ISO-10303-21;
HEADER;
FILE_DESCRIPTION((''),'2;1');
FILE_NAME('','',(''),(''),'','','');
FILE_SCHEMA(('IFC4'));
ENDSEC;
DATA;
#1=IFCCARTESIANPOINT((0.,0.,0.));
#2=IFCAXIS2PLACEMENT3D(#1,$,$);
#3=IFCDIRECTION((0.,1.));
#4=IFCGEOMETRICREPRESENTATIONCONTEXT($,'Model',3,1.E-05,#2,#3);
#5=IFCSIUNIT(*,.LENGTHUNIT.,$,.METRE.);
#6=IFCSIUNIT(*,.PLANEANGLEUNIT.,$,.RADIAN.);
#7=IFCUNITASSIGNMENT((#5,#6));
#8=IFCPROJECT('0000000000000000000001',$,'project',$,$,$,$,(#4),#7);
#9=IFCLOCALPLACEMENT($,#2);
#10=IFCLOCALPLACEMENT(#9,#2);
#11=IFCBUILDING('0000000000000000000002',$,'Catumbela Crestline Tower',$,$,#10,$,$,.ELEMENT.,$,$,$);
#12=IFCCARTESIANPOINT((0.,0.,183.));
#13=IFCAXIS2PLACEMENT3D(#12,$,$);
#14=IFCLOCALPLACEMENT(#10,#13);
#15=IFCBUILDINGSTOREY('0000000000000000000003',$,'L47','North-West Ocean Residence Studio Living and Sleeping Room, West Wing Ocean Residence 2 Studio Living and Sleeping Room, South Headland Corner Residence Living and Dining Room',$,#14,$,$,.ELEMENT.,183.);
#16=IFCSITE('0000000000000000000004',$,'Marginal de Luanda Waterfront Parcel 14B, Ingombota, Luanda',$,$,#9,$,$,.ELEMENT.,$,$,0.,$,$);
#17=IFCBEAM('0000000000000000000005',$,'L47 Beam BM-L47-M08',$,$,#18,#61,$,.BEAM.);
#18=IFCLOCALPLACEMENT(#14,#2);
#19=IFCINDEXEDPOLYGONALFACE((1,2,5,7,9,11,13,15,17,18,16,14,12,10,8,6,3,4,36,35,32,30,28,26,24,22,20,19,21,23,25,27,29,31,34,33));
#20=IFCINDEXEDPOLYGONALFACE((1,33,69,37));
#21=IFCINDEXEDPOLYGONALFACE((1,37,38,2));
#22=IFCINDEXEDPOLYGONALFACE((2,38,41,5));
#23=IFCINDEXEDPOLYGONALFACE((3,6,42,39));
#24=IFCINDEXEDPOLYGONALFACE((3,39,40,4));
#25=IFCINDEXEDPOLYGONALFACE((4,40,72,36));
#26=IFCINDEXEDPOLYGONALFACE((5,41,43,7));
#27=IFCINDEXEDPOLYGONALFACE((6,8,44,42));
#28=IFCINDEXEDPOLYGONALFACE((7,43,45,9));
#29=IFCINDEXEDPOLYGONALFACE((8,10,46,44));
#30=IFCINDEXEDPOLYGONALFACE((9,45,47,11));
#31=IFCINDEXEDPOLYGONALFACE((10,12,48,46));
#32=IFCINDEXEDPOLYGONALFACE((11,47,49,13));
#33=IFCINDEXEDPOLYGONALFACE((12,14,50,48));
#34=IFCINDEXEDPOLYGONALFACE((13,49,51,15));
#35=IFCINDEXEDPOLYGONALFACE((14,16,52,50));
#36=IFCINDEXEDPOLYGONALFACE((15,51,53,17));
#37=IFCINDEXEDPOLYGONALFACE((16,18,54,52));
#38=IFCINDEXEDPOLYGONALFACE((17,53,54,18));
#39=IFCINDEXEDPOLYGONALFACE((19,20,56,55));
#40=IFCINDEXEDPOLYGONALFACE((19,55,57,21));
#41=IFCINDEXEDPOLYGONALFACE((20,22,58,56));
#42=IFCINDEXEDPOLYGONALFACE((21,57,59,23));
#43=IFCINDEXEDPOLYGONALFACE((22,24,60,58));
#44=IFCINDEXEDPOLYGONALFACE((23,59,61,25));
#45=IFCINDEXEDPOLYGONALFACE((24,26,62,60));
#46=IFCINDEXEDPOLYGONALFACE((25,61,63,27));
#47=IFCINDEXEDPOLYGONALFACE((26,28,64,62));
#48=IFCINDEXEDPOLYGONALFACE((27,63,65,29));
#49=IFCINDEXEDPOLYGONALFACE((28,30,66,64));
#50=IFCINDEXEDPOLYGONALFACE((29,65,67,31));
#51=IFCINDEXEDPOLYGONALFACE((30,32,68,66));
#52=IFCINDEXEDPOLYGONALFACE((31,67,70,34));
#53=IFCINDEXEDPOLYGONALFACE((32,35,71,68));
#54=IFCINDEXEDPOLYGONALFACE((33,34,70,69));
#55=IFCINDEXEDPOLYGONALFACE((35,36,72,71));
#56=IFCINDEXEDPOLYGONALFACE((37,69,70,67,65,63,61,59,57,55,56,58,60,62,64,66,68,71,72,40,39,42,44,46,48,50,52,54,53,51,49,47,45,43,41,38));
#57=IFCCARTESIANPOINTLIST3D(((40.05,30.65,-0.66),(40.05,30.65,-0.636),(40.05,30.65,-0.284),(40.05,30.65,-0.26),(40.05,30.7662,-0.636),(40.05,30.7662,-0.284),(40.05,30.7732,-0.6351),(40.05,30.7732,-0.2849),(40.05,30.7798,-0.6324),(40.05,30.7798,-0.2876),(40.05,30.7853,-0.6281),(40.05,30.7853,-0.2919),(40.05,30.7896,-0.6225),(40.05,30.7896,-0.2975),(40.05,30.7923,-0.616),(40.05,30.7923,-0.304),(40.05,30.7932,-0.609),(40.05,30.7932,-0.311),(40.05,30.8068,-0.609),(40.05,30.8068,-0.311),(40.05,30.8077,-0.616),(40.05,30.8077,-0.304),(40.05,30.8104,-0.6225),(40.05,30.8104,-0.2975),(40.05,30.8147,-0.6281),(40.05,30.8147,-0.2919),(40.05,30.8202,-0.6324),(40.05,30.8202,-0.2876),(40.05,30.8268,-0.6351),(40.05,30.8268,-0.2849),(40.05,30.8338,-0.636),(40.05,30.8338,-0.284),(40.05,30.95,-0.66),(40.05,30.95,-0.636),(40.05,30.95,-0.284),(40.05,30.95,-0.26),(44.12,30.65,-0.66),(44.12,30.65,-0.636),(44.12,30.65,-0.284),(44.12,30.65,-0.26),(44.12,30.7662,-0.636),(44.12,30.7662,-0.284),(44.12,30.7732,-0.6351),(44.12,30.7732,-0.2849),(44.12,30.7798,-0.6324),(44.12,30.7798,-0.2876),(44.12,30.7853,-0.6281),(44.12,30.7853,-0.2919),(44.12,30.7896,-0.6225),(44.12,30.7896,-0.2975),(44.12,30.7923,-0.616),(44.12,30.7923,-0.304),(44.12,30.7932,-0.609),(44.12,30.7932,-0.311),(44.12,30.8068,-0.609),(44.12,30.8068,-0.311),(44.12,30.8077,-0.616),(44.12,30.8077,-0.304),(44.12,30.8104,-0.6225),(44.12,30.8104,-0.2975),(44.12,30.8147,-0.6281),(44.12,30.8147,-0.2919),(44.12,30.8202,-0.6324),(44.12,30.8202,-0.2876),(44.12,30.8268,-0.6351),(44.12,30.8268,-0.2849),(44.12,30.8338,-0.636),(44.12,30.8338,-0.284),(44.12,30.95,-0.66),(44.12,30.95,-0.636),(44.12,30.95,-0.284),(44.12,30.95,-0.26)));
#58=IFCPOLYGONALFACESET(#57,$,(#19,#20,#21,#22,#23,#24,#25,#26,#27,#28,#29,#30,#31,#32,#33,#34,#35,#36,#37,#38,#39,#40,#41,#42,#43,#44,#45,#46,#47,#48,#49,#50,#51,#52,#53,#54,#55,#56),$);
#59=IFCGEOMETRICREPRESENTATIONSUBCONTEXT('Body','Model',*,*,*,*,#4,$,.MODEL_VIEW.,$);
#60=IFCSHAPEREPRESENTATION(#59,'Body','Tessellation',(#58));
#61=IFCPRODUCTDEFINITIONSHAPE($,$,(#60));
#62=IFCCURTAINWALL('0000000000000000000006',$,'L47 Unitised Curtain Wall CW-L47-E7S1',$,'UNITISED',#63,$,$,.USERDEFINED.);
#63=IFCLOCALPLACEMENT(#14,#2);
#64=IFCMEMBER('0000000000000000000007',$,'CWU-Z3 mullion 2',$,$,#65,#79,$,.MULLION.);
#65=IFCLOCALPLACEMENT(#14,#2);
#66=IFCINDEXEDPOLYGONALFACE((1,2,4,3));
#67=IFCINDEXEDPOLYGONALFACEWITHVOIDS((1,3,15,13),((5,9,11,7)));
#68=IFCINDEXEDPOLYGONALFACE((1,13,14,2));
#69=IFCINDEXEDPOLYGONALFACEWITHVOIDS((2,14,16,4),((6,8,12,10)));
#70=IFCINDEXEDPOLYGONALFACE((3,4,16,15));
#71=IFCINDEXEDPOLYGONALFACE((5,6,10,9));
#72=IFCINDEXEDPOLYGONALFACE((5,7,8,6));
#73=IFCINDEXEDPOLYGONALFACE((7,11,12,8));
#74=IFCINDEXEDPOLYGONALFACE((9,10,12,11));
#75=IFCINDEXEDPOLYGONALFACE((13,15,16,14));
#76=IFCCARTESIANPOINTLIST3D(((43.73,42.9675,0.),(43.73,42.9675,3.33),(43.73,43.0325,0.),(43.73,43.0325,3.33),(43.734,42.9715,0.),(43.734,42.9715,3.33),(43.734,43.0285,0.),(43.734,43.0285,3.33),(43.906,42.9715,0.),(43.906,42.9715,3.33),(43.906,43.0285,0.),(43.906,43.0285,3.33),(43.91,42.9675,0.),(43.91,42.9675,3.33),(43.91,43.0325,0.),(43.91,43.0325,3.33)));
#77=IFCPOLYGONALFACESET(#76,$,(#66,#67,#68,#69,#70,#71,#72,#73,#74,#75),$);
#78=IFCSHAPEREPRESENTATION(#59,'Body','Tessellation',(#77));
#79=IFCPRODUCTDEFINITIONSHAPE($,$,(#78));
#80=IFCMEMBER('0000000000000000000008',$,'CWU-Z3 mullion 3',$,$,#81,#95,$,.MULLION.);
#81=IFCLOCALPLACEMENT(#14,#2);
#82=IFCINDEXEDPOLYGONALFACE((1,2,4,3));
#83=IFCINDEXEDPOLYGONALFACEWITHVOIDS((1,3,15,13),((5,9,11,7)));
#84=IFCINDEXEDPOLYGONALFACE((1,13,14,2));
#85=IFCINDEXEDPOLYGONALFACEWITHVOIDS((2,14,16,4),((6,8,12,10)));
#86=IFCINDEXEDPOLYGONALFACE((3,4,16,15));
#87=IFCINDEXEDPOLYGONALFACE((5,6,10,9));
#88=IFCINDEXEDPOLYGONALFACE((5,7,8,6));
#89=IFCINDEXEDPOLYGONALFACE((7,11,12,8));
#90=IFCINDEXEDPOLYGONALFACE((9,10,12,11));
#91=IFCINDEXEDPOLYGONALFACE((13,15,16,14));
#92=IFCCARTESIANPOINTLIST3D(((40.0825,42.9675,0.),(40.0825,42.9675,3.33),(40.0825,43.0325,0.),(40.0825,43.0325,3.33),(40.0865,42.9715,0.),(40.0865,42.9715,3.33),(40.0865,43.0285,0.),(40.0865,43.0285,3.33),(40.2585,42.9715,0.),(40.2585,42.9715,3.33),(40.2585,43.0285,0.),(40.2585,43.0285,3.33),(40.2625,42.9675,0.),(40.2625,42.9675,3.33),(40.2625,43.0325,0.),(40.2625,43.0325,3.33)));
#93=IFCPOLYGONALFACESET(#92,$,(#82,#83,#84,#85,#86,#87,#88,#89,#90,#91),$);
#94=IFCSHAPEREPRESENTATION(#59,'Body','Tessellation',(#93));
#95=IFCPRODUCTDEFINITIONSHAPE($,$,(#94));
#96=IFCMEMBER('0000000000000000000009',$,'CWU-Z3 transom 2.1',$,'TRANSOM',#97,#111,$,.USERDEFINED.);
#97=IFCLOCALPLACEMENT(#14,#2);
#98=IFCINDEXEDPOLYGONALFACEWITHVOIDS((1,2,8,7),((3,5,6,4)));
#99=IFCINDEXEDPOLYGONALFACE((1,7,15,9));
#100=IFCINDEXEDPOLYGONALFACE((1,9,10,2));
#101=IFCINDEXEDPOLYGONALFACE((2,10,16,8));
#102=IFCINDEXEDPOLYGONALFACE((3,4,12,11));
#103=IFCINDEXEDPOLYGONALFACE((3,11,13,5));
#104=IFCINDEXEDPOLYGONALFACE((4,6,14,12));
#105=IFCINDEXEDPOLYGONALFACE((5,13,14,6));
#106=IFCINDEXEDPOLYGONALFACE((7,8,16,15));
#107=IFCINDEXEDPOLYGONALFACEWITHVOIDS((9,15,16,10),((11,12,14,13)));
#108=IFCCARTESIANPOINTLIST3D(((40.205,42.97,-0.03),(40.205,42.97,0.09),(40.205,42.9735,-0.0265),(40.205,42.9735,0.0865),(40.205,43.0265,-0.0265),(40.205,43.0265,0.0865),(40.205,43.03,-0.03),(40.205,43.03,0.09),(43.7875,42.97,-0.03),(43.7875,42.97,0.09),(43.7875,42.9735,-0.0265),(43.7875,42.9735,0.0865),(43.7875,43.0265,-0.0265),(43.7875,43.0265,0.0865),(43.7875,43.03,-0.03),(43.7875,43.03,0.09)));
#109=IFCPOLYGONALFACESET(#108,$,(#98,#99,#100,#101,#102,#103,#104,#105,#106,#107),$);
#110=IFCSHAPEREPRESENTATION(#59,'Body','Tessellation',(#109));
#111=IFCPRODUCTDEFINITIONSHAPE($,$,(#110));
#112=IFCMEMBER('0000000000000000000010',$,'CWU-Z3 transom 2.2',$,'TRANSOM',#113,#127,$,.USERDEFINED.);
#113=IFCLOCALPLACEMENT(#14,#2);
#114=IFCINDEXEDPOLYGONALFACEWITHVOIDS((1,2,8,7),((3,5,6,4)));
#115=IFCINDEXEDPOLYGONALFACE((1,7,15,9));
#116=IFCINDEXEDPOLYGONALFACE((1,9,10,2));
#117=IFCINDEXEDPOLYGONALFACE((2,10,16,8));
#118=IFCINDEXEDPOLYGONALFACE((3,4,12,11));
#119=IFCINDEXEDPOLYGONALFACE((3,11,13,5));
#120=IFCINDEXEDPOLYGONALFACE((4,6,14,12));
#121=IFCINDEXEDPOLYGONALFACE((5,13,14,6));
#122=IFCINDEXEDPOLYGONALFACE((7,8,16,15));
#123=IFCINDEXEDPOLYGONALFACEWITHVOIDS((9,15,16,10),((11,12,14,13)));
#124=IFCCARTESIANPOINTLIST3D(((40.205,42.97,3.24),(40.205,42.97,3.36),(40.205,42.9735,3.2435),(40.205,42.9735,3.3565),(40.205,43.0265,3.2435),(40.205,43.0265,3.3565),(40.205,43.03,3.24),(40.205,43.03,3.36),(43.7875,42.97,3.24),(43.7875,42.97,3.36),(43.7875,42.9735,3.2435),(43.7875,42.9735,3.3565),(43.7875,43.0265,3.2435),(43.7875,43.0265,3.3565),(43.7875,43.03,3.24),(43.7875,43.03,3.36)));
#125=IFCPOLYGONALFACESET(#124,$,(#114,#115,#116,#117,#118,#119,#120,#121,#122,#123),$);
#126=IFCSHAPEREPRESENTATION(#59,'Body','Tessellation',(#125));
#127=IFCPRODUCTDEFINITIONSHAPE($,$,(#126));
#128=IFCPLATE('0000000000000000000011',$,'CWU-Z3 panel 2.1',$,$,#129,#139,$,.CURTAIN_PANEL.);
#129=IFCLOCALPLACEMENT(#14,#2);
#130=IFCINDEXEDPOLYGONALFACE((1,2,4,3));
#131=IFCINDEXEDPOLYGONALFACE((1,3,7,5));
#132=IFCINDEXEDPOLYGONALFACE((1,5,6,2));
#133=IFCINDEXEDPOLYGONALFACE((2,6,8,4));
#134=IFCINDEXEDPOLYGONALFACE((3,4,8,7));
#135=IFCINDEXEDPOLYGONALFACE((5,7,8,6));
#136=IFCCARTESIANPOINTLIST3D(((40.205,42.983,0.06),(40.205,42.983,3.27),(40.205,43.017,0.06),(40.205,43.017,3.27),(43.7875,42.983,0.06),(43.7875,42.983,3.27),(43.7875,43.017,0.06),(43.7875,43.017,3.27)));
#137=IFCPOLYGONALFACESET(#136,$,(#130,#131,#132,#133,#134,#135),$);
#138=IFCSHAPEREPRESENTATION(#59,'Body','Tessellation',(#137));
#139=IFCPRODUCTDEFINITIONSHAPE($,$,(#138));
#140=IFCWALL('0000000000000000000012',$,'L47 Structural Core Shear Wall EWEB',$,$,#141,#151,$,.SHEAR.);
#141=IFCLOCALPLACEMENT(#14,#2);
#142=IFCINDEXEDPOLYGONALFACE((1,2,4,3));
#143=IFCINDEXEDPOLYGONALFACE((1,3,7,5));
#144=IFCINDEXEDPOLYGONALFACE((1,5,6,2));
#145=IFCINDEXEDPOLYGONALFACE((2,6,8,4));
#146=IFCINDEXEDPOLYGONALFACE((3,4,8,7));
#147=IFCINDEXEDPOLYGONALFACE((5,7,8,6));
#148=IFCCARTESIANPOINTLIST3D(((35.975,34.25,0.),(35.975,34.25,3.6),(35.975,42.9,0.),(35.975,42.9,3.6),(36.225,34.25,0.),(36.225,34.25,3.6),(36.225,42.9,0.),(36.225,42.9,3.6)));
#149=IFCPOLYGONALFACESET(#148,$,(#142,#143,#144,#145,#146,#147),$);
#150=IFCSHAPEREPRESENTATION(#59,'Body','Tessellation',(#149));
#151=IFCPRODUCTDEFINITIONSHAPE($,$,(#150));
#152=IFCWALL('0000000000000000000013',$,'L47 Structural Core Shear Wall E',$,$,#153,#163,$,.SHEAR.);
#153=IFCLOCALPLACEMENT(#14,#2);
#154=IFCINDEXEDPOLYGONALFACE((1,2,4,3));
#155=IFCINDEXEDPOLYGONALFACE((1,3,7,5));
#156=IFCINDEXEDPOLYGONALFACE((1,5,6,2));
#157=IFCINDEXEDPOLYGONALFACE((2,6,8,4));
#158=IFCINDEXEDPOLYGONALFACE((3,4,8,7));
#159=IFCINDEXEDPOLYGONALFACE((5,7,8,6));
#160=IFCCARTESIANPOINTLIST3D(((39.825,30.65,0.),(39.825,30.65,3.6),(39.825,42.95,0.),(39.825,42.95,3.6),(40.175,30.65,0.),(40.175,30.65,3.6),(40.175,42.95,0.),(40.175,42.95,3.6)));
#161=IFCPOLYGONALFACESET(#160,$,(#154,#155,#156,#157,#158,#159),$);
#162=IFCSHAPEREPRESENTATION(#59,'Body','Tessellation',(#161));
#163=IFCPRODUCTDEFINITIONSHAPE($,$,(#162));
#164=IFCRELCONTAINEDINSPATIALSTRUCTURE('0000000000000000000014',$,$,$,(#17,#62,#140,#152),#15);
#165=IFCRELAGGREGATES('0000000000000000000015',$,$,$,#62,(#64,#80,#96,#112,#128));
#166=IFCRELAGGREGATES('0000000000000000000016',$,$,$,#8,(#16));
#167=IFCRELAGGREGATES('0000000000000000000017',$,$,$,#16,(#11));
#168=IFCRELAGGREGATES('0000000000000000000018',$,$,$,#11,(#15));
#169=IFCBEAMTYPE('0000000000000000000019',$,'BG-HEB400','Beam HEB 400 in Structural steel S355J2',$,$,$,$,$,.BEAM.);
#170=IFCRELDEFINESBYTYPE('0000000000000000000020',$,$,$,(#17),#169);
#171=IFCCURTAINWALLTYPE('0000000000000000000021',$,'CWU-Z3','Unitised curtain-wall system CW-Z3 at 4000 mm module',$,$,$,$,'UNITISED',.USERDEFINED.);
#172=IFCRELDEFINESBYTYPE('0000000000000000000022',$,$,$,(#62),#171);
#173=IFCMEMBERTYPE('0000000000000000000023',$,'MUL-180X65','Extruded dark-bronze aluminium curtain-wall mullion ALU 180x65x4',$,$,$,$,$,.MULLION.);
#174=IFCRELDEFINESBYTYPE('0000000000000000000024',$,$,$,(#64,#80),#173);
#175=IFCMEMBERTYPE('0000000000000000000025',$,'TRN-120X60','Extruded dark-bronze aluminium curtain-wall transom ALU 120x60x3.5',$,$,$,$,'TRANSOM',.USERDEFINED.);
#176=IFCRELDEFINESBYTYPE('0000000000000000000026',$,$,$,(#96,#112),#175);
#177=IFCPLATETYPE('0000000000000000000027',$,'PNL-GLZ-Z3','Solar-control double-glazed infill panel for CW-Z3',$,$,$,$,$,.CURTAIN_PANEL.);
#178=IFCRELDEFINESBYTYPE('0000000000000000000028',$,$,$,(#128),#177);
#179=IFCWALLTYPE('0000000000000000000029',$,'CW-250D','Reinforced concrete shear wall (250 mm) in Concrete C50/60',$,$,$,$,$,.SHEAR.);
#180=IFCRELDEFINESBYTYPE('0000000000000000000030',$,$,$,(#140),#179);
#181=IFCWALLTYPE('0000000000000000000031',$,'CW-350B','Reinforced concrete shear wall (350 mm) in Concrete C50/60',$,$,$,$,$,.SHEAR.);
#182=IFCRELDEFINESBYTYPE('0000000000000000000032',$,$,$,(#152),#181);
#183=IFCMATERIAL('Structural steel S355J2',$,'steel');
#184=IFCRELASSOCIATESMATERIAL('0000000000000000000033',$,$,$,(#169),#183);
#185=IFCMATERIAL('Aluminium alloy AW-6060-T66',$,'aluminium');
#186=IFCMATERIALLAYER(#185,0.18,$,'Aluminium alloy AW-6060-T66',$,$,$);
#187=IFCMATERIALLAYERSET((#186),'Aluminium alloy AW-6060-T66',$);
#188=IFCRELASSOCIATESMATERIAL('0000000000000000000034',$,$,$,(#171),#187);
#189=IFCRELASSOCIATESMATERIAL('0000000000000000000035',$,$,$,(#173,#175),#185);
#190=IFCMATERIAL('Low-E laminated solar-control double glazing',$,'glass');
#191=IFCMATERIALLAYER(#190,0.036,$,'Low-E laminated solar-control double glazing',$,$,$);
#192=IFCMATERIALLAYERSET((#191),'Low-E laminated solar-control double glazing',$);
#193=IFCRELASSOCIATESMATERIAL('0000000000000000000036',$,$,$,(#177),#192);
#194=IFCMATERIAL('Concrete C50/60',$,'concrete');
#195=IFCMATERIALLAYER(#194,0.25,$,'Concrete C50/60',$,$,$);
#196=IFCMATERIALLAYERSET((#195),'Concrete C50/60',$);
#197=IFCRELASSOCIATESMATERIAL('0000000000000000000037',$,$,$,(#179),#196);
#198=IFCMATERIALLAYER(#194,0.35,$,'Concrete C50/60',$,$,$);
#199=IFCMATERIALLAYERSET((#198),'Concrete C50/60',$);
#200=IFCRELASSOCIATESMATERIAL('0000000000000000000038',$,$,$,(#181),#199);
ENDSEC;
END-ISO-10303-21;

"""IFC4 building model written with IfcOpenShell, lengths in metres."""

from ifc_helpers import new_model, si_unit, direction, frame, frame_2d, origin, origin_2d, place, context, subcontext, project, spatial, rectangle, hollow_rectangle, i_section, extrude, material, layer, layer_set, material_profile, profile_set, type_object, element, aggregate, save


model = new_model("IFC4")

# Units and contexts
model_context = context("Model", 3, precision=1e-05, world=origin(), true_north=direction((0.0, 1.0)))
body_context = subcontext(model_context, "Body", "Model", "MODEL_VIEW")
ifc_project = project(units=[si_unit("LENGTHUNIT", "METRE"), si_unit("PLANEANGLEUNIT", "RADIAN")], contexts=[model_context])

# Site, building, storey
site_placement = place(None, origin())
site = spatial("IfcSite", under=ifc_project, at=site_placement, Name="Marginal de Luanda Waterfront Parcel 14B, Ingombota, Luanda", CompositionType="ELEMENT", RefElevation=0.0)
building_placement = place(site_placement, origin())
building = spatial("IfcBuilding", under=site, at=building_placement, Name="Catumbela Crestline Tower", CompositionType="ELEMENT")
storey_placement = place(building_placement, frame((0.0, 0.0, 183.0)))
storey = spatial("IfcBuildingStorey", under=building, at=storey_placement, Name="L47", Description="North-West Ocean Residence Studio Living and Sleeping Room, West Wing Ocean Residence 2 Studio Living and Sleeping Room, South Headland Corner Residence Living and Dining Room", CompositionType="ELEMENT", Elevation=183.0)

# Beam
ifc_material_1 = material(Name="Structural steel S355J2", Category="steel")
ifc_material_profile_1 = material_profile(ifc_material_1, i_section(OverallWidth=0.3, OverallDepth=0.4, WebThickness=0.0135, FlangeThickness=0.024, FilletRadius=0.027, at=origin_2d()), Name="HEB 400")
ifc_profile_set_1 = profile_set([ifc_material_profile_1], Name="Structural steel S355J2")
beam_type = type_object("IfcBeamType", Name="BG-HEB400", Description="Beam HEB 400 in Structural steel S355J2", PredefinedType="BEAM", material=ifc_profile_set_1)
beam_placement = place(storey_placement, frame((40.05, 30.8, -0.46), z_axis=(1.0, 0.0, 0.0), x_axis=(0.0, 1.0, 0.0)))
element("IfcBeam", 1, at=beam_placement, inside=storey, type_object=beam_type, Name="L47 Beam BM-L47-M08", PredefinedType="BEAM", context=body_context, shape_type="SweptSolid", body=[
    extrude(i_section(OverallWidth=0.3, OverallDepth=0.4, WebThickness=0.0135, FlangeThickness=0.024, FilletRadius=0.027, at=origin_2d()), origin(), (0.0, 0.0, 1.0), 4.07),
])

# Curtain wall, members, plate
ifc_material_2 = material(Name="Aluminium alloy AW-6060-T66", Category="aluminium")
ifc_layer_1 = layer(ifc_material_2, 0.18, Name="Aluminium alloy AW-6060-T66")
ifc_layer_set_1 = layer_set([ifc_layer_1], Name="Aluminium alloy AW-6060-T66")
curtain_wall_type = type_object("IfcCurtainWallType", Name="CWU-Z3", Description="Unitised curtain-wall system CW-Z3 at 4000 mm module", ElementType="UNITISED", PredefinedType="USERDEFINED", material=ifc_layer_set_1)
curtain_wall_placement = place(storey_placement, origin())
curtain_wall = element("IfcCurtainWall", 2, at=curtain_wall_placement, inside=storey, type_object=curtain_wall_type, Name="L47 Unitised Curtain Wall CW-L47-E7S1", ObjectType="UNITISED", PredefinedType="USERDEFINED")
ifc_material_profile_2 = material_profile(ifc_material_2, hollow_rectangle(XDim=0.065, YDim=0.18, WallThickness=0.004, at=origin_2d()), Name="ALU 180x65x4")
ifc_profile_set_2 = profile_set([ifc_material_profile_2], Name="Aluminium alloy AW-6060-T66")
member_type_1 = type_object("IfcMemberType", Name="MUL-180X65", Description="Extruded dark-bronze aluminium curtain-wall mullion ALU 180x65x4", PredefinedType="MULLION", material=ifc_profile_set_2)
member_1_placement = place(storey_placement, frame((43.82, 43.0, 0.0), z_axis=(0.0, 0.0, 1.0), x_axis=(0.0, -1.0, 0.0)))
member_1 = element("IfcMember", 3, at=member_1_placement, type_object=member_type_1, Name="CWU-Z3 mullion 2", PredefinedType="MULLION", context=body_context, shape_type="SweptSolid", body=[
    extrude(hollow_rectangle(XDim=0.065, YDim=0.18, WallThickness=0.004, at=origin_2d()), origin(), (0.0, 0.0, 1.0), 3.33),
])
member_2_placement = place(storey_placement, frame((40.1725, 43.0, 0.0), z_axis=(0.0, 0.0, 1.0), x_axis=(0.0, -1.0, 0.0)))
member_2 = element("IfcMember", 4, at=member_2_placement, type_object=member_type_1, Name="CWU-Z3 mullion 3", PredefinedType="MULLION", context=body_context, shape_type="SweptSolid", body=[
    extrude(hollow_rectangle(XDim=0.065, YDim=0.18, WallThickness=0.004, at=origin_2d()), origin(), (0.0, 0.0, 1.0), 3.33),
])
ifc_material_profile_3 = material_profile(ifc_material_2, hollow_rectangle(XDim=0.06, YDim=0.12, WallThickness=0.0035, at=origin_2d()), Name="ALU 120x60x3.5")
ifc_profile_set_3 = profile_set([ifc_material_profile_3], Name="Aluminium alloy AW-6060-T66")
member_type_2 = type_object("IfcMemberType", Name="TRN-120X60", Description="Extruded dark-bronze aluminium curtain-wall transom ALU 120x60x3.5", ElementType="TRANSOM", PredefinedType="USERDEFINED", material=ifc_profile_set_3)
member_3_placement = place(storey_placement, frame((43.7875, 43.0, 0.03), z_axis=(-1.0, 0.0, 0.0), x_axis=(0.0, -1.0, 0.0)))
member_3 = element("IfcMember", 5, at=member_3_placement, type_object=member_type_2, Name="CWU-Z3 transom 2.1", ObjectType="TRANSOM", PredefinedType="USERDEFINED", context=body_context, shape_type="SweptSolid", body=[
    extrude(hollow_rectangle(XDim=0.06, YDim=0.12, WallThickness=0.0035, at=origin_2d()), origin(), (0.0, 0.0, 1.0), 3.5825),
])
member_4_placement = place(storey_placement, frame((43.7875, 43.0, 3.3), z_axis=(-1.0, 0.0, 0.0), x_axis=(0.0, -1.0, 0.0)))
member_4 = element("IfcMember", 6, at=member_4_placement, type_object=member_type_2, Name="CWU-Z3 transom 2.2", ObjectType="TRANSOM", PredefinedType="USERDEFINED", context=body_context, shape_type="SweptSolid", body=[
    extrude(hollow_rectangle(XDim=0.06, YDim=0.12, WallThickness=0.0035, at=origin_2d()), origin(), (0.0, 0.0, 1.0), 3.5825),
])
ifc_material_3 = material(Name="Low-E laminated solar-control double glazing", Category="glass")
ifc_layer_2 = layer(ifc_material_3, 0.036, Name="Low-E laminated solar-control double glazing")
ifc_layer_set_2 = layer_set([ifc_layer_2], Name="Low-E laminated solar-control double glazing")
plate_type = type_object("IfcPlateType", Name="PNL-GLZ-Z3", Description="Solar-control double-glazed infill panel for CW-Z3", PredefinedType="CURTAIN_PANEL", material=ifc_layer_set_2)
plate_placement = place(storey_placement, frame((41.9963, 43.0, 0.06), z_axis=(0.0, 0.0, 1.0), x_axis=(-1.0, 0.0, 0.0)))
plate = element("IfcPlate", 7, at=plate_placement, type_object=plate_type, Name="CWU-Z3 panel 2.1", PredefinedType="CURTAIN_PANEL", context=body_context, shape_type="SweptSolid", body=[
    extrude(rectangle(XDim=3.5825, YDim=0.034, at=origin_2d()), origin(), (0.0, 0.0, 1.0), 3.21),
])
aggregate(curtain_wall, [member_1, member_2, member_3, member_4, plate])

# Walls
ifc_material_4 = material(Name="Concrete C50/60", Category="concrete")
ifc_layer_3 = layer(ifc_material_4, 0.25, Name="Concrete C50/60")
ifc_layer_set_3 = layer_set([ifc_layer_3], Name="Concrete C50/60")
wall_type_1 = type_object("IfcWallType", Name="CW-250D", Description="Reinforced concrete shear wall (250 mm) in Concrete C50/60", PredefinedType="SHEAR", material=ifc_layer_set_3)
wall_1_placement = place(storey_placement, frame((36.1, 34.25, 0.0), z_axis=(0.0, 0.0, 1.0), x_axis=(0.0, 1.0, 0.0)))
element("IfcWall", 8, at=wall_1_placement, inside=storey, type_object=wall_type_1, Name="L47 Structural Core Shear Wall EWEB", PredefinedType="SHEAR", context=body_context, shape_type="SweptSolid", body=[
    extrude(rectangle(XDim=8.65, YDim=0.25, at=frame_2d((4.325, 0.0))), origin(), (0.0, 0.0, 1.0), 3.6),
])
ifc_layer_4 = layer(ifc_material_4, 0.35, Name="Concrete C50/60")
ifc_layer_set_4 = layer_set([ifc_layer_4], Name="Concrete C50/60")
wall_type_2 = type_object("IfcWallType", Name="CW-350B", Description="Reinforced concrete shear wall (350 mm) in Concrete C50/60", PredefinedType="SHEAR", material=ifc_layer_set_4)
wall_2_placement = place(storey_placement, frame((40.0, 30.65, 0.0), z_axis=(0.0, 0.0, 1.0), x_axis=(0.0, 1.0, 0.0)))
element("IfcWall", 9, at=wall_2_placement, inside=storey, type_object=wall_type_2, Name="L47 Structural Core Shear Wall E", PredefinedType="SHEAR", context=body_context, shape_type="SweptSolid", body=[
    extrude(rectangle(XDim=12.3, YDim=0.35, at=frame_2d((6.15, 0.0))), origin(), (0.0, 0.0, 1.0), 3.6),
])

save(model, "model.ifc")
